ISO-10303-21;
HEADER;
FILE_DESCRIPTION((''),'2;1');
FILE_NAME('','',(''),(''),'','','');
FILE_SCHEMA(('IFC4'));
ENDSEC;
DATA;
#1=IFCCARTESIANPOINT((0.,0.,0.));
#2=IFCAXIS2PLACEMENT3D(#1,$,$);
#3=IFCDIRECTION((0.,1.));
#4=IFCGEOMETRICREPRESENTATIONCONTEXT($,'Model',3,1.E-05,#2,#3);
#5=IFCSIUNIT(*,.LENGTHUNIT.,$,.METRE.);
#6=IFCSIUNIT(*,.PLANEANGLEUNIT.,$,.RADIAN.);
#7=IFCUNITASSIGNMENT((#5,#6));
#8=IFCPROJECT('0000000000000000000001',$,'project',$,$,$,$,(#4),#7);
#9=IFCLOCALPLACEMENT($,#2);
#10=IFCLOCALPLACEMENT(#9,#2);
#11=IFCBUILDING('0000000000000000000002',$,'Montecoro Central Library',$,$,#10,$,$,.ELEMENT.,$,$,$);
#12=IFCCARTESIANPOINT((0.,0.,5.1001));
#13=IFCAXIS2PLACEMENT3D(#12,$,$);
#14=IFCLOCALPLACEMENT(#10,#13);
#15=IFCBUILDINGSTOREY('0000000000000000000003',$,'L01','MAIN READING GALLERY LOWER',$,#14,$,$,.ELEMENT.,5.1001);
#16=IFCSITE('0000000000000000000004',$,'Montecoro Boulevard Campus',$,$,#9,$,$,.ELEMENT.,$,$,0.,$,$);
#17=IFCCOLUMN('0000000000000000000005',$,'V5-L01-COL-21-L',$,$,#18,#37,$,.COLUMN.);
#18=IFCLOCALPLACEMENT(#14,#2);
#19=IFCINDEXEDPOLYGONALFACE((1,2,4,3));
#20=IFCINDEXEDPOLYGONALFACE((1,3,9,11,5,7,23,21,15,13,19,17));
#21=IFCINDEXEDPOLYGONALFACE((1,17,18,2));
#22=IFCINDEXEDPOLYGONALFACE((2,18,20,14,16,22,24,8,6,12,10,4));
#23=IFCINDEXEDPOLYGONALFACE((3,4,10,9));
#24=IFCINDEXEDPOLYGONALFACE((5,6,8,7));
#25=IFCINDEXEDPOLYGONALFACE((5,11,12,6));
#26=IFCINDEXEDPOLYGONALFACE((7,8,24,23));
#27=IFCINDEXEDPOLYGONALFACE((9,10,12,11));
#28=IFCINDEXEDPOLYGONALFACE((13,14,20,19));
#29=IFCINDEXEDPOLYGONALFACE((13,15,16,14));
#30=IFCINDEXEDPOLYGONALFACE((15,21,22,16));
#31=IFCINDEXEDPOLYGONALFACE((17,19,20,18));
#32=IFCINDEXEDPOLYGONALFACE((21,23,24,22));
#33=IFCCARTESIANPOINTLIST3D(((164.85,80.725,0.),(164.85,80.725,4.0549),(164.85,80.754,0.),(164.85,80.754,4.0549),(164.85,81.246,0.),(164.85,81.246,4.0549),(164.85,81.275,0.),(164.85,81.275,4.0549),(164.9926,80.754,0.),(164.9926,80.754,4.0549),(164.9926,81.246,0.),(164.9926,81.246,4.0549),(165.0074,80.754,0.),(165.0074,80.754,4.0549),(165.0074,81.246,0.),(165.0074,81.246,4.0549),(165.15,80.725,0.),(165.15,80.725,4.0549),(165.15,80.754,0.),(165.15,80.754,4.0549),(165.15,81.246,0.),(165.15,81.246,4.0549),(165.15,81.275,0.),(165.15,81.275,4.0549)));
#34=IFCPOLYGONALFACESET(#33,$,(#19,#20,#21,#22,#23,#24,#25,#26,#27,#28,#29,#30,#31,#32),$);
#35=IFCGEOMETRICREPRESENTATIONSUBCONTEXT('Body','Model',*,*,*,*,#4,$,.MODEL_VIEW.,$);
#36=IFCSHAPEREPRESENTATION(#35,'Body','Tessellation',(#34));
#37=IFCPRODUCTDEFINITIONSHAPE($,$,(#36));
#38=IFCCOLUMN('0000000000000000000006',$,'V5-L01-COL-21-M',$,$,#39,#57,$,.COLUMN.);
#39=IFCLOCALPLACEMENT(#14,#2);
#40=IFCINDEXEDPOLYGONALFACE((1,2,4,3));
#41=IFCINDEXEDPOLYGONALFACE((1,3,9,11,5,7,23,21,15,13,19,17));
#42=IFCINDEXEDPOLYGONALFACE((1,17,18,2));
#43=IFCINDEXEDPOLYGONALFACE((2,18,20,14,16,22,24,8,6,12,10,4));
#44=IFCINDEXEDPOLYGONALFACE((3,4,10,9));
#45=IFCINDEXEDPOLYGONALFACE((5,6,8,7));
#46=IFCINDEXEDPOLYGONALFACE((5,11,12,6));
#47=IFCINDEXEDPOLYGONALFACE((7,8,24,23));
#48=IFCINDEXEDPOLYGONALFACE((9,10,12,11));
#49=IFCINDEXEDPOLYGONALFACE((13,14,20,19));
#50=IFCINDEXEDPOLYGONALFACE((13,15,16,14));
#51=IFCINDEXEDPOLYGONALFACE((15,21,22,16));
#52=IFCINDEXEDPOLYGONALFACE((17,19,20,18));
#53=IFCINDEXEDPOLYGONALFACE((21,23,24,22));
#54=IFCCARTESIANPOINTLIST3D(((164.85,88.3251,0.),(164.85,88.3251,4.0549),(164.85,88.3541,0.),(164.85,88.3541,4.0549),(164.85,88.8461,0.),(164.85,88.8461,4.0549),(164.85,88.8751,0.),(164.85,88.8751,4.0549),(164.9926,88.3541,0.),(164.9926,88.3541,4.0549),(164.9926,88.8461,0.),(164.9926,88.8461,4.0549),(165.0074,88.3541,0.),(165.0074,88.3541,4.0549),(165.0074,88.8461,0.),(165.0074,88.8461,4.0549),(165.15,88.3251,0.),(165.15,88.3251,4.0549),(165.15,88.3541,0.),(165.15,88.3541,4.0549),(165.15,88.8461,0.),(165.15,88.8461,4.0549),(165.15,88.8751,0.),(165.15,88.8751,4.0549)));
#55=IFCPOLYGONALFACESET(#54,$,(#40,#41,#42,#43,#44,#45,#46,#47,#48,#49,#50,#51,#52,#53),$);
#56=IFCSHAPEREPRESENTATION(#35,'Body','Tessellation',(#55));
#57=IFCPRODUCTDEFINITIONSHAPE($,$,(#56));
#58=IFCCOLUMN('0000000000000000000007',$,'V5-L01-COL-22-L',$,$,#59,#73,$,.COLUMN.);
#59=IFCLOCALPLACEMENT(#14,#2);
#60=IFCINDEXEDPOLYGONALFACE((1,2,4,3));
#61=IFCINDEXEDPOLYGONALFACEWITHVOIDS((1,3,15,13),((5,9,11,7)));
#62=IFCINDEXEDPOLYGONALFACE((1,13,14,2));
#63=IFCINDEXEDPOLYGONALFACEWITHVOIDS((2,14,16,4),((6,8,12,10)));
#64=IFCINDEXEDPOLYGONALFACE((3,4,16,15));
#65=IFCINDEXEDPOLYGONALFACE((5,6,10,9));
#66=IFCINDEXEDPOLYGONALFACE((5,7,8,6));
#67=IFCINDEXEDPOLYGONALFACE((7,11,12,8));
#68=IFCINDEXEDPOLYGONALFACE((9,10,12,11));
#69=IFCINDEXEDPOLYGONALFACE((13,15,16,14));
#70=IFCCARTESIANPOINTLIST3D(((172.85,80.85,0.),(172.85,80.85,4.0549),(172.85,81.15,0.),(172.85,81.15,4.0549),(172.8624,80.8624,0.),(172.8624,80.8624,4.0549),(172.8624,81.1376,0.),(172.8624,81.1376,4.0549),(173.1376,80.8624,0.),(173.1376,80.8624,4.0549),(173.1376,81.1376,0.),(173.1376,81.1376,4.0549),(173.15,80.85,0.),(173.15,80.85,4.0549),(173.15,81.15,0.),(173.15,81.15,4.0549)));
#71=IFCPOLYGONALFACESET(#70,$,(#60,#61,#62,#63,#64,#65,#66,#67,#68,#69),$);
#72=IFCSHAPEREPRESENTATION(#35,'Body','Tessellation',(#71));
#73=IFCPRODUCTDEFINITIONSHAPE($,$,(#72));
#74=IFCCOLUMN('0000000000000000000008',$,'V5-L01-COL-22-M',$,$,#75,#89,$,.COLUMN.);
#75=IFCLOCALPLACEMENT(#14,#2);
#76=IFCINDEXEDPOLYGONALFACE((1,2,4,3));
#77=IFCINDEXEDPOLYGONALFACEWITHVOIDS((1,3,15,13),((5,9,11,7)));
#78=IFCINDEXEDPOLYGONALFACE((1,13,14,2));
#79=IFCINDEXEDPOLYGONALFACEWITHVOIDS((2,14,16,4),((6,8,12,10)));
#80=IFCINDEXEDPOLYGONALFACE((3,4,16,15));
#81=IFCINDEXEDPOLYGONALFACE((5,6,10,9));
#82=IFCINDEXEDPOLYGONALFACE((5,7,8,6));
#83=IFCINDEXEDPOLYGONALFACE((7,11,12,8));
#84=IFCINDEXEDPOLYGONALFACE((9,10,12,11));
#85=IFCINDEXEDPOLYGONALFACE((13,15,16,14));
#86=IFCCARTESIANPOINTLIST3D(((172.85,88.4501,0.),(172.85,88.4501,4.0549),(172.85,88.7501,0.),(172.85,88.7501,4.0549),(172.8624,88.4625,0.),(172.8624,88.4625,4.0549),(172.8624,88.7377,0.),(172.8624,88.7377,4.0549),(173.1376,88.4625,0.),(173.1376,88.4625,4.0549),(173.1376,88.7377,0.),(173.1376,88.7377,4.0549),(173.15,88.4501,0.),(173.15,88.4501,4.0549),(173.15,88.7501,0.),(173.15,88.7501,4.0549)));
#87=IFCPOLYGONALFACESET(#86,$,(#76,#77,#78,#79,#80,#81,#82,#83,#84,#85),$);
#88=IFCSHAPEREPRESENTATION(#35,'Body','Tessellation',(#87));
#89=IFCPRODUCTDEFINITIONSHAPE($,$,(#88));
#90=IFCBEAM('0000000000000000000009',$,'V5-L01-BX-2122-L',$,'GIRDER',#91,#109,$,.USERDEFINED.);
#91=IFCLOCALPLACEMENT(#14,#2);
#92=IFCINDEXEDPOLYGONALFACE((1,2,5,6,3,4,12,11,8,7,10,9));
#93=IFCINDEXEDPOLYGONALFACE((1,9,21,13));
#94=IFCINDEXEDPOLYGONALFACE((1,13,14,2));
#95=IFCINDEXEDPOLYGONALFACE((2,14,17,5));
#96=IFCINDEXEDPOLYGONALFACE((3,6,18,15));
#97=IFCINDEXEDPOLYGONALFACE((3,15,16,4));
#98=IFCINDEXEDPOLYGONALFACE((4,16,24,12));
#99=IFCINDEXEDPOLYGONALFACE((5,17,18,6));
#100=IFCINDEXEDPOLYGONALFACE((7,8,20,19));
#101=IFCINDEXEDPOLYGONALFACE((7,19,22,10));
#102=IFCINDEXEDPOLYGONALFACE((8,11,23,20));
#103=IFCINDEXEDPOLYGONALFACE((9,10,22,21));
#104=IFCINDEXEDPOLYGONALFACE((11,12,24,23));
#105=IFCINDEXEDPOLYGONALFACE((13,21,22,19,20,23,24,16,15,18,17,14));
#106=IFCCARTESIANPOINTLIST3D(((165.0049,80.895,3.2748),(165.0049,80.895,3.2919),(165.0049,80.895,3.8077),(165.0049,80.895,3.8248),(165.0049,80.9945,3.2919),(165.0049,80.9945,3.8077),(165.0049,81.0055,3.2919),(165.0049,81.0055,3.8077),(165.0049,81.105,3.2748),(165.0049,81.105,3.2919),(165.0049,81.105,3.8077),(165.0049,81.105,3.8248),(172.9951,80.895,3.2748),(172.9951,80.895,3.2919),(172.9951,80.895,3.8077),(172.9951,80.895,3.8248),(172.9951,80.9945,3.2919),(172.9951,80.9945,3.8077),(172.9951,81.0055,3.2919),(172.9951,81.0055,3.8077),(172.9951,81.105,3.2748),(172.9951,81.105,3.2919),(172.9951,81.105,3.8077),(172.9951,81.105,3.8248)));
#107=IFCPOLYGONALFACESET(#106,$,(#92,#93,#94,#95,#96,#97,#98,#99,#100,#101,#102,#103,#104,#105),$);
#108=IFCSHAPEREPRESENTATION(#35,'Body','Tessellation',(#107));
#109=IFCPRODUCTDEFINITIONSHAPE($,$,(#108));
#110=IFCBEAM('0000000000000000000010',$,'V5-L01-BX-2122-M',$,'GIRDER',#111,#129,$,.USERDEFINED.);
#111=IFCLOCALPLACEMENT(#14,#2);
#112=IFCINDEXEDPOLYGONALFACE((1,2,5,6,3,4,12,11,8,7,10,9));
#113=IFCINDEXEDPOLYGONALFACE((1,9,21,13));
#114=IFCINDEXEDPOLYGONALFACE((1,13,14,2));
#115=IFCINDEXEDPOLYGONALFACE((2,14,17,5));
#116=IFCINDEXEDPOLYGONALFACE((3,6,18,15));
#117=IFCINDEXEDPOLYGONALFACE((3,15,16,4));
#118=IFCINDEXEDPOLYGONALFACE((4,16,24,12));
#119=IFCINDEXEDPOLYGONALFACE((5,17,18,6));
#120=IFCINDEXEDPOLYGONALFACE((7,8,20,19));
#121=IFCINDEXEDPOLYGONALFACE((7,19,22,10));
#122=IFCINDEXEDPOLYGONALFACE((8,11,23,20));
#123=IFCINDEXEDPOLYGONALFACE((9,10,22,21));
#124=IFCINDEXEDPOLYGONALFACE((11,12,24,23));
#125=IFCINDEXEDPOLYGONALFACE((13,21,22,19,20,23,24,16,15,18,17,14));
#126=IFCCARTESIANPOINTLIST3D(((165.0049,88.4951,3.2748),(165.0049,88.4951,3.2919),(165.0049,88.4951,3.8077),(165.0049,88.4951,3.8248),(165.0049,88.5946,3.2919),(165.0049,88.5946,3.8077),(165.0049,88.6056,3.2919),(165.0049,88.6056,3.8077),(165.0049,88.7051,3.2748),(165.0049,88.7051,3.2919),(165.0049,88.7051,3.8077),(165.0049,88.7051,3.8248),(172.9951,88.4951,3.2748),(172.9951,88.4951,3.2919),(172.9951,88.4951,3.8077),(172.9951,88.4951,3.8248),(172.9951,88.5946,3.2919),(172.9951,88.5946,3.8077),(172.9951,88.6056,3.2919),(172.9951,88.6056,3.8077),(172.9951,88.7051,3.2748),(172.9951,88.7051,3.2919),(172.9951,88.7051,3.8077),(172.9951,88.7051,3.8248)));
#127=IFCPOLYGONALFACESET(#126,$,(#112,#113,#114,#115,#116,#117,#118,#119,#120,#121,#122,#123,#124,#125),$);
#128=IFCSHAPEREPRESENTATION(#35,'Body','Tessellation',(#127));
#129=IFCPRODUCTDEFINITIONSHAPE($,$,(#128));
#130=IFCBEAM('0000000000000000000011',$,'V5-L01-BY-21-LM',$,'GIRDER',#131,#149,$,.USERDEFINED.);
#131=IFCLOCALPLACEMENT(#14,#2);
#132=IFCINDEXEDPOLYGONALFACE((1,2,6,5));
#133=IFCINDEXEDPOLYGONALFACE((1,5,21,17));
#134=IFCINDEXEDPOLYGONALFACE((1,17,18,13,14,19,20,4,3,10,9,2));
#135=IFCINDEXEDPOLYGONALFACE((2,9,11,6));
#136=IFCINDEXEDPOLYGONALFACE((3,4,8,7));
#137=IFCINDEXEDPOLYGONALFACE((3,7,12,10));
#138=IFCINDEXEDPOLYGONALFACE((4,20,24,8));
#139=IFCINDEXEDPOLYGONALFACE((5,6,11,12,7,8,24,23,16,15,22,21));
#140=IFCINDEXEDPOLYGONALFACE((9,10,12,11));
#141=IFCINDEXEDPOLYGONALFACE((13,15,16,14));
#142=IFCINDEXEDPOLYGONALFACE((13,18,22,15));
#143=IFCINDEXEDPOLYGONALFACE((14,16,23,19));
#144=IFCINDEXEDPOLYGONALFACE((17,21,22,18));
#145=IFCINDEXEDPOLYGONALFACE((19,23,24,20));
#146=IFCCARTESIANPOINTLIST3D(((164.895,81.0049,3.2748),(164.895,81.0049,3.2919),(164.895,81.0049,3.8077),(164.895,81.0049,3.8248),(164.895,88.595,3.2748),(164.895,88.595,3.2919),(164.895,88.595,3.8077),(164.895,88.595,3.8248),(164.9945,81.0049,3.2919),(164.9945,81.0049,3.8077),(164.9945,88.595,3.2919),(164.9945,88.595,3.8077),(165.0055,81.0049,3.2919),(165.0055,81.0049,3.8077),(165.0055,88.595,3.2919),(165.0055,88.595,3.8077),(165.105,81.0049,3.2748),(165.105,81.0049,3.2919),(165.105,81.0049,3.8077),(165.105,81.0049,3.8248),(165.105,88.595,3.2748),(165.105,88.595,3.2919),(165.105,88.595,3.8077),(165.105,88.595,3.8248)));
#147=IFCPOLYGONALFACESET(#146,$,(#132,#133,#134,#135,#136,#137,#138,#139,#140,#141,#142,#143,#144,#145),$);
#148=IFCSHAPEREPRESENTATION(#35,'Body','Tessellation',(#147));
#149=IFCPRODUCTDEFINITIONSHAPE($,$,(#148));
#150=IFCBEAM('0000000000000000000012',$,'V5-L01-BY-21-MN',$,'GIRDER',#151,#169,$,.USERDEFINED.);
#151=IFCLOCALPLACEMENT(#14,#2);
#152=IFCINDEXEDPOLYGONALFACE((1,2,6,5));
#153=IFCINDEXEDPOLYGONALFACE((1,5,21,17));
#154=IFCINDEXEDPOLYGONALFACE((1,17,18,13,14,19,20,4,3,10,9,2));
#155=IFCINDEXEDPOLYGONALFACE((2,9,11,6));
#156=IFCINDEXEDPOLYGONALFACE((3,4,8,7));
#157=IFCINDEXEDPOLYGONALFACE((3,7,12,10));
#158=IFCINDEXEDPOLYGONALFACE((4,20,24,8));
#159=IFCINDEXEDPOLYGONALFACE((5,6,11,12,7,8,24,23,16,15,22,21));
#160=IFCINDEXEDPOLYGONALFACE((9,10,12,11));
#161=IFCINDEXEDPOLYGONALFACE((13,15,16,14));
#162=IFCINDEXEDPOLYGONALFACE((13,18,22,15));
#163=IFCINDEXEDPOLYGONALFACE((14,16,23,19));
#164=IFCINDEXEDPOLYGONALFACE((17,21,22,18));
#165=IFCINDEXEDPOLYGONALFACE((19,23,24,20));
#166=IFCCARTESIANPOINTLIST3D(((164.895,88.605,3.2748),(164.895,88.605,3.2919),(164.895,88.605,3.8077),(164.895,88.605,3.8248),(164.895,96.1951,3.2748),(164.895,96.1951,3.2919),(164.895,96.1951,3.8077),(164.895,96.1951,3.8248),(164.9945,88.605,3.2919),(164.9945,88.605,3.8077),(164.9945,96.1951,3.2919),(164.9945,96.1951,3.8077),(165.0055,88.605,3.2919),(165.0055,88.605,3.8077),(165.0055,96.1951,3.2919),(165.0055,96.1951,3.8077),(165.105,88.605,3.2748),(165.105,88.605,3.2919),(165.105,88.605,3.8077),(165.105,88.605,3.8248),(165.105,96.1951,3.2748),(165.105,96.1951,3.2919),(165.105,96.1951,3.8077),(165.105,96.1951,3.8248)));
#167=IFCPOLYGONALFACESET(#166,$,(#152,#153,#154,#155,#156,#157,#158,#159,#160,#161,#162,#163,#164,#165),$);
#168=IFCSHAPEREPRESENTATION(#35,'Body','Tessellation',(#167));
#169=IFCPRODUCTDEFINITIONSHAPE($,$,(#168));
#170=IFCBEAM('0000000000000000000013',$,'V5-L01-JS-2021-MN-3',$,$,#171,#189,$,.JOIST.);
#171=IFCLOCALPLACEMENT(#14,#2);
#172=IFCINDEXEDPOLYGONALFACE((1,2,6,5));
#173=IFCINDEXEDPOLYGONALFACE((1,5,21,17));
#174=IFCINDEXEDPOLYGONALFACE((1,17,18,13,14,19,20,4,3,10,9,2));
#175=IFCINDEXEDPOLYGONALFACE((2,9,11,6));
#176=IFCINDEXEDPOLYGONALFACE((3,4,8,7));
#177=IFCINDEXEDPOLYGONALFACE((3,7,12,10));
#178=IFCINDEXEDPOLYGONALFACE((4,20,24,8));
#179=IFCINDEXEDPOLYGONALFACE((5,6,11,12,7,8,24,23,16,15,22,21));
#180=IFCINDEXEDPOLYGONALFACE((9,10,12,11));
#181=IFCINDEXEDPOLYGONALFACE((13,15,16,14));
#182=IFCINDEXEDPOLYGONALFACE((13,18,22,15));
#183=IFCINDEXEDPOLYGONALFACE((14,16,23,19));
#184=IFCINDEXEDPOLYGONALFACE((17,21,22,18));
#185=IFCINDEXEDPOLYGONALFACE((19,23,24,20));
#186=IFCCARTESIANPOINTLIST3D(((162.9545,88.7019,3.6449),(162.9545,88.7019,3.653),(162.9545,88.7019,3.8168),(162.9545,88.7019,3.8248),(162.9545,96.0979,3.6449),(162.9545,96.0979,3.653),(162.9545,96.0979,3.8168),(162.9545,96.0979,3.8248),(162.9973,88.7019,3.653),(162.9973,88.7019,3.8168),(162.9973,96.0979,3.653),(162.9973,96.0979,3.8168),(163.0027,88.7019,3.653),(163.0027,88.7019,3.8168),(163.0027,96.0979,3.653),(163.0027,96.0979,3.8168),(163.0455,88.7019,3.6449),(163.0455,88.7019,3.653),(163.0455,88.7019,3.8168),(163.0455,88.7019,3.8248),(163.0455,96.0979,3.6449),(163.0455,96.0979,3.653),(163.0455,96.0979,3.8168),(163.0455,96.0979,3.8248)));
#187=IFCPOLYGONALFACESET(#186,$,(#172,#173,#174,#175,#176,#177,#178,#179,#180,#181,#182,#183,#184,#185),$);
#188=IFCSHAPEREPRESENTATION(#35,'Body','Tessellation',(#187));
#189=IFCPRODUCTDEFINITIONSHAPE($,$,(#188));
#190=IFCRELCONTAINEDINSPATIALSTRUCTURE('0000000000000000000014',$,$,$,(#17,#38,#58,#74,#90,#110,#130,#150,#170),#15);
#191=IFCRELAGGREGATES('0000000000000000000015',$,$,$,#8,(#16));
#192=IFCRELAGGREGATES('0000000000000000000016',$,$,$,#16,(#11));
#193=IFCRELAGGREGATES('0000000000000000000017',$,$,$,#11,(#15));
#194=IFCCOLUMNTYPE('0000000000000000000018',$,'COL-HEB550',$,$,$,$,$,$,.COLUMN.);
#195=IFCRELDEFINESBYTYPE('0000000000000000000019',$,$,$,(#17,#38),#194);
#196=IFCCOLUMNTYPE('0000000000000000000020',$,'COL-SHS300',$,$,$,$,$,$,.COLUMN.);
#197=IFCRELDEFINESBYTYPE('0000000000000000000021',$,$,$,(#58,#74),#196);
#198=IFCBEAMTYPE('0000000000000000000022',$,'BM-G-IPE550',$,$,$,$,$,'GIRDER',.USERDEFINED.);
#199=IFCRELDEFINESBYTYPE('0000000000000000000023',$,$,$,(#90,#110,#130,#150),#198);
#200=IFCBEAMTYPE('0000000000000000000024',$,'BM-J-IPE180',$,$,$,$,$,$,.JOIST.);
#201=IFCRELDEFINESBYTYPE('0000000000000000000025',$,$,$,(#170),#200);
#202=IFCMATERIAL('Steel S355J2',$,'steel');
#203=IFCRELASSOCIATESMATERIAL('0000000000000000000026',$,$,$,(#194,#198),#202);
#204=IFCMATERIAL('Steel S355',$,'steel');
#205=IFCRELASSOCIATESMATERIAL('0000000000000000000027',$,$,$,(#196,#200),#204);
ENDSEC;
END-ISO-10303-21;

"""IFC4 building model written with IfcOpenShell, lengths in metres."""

from ifc_helpers import new_model, si_unit, direction, frame, origin, origin_2d, place, context, subcontext, project, spatial, hollow_rectangle, i_section, extrude, material, material_profile, profile_set, type_object, element, save


model = new_model("IFC4")

# Units and contexts
model_context = context("Model", 3, precision=1e-05, world=origin(), true_north=direction((0.0, 1.0)))
body_context = subcontext(model_context, "Body", "Model", "MODEL_VIEW")
ifc_project = project(units=[si_unit("LENGTHUNIT", "METRE"), si_unit("PLANEANGLEUNIT", "RADIAN")], contexts=[model_context])

# Site, building, storey
site_placement = place(None, origin())
site = spatial("IfcSite", under=ifc_project, at=site_placement, Name="Montecoro Boulevard Campus", CompositionType="ELEMENT", RefElevation=0.0)
building_placement = place(site_placement, origin())
building = spatial("IfcBuilding", under=site, at=building_placement, Name="Montecoro Central Library", CompositionType="ELEMENT")
storey_placement = place(building_placement, frame((0.0, 0.0, 5.1001)))
storey = spatial("IfcBuildingStorey", under=building, at=storey_placement, Name="L01", Description="MAIN READING GALLERY LOWER", CompositionType="ELEMENT", Elevation=5.1001)

# Columns
ifc_material_1 = material(Name="Steel S355J2", Category="steel")
ifc_material_profile_1 = material_profile(ifc_material_1, i_section(OverallWidth=0.3, OverallDepth=0.55, WebThickness=0.0149, FlangeThickness=0.0291, at=origin_2d()), Name="HEB 550")
ifc_profile_set_1 = profile_set([ifc_material_profile_1], Name="Steel S355J2")
column_type_1 = type_object("IfcColumnType", Name="COL-HEB550", PredefinedType="COLUMN", material=ifc_profile_set_1)
for number, where, z_axis, x_axis, name in (
    (1, (165.0, 81.0, 0.0), (0.0, 0.0, 1.0), (1.0, 0.0, 0.0), "V5-L01-COL-21-L"),
    (2, (165.0, 88.6001, 0.0), (0.0, 0.0, 1.0), (1.0, 0.0, 0.0), "V5-L01-COL-21-M"),
):
    element("IfcColumn", number, at=place(storey_placement, frame(where, z_axis=z_axis, x_axis=x_axis)), inside=storey, type_object=column_type_1, Name=name, PredefinedType="COLUMN", context=body_context, shape_type="SweptSolid", body=[
        extrude(i_section(OverallWidth=0.3, OverallDepth=0.55, WebThickness=0.0149, FlangeThickness=0.0291, at=origin_2d()), origin(), (0.0, 0.0, 1.0), 4.0549),
    ])
ifc_material_2 = material(Name="Steel S355", Category="steel")
ifc_material_profile_2 = material_profile(ifc_material_2, hollow_rectangle(XDim=0.3, YDim=0.3, WallThickness=0.0125, at=origin_2d()), Name="SHS 300x300x12.5")
ifc_profile_set_2 = profile_set([ifc_material_profile_2], Name="Steel S355")
column_type_2 = type_object("IfcColumnType", Name="COL-SHS300", PredefinedType="COLUMN", material=ifc_profile_set_2)
for number, where, z_axis, x_axis, name in (
    (3, (173.0, 81.0, 0.0), (0.0, 0.0, 1.0), (1.0, 0.0, 0.0), "V5-L01-COL-22-L"),
    (4, (173.0, 88.6001, 0.0), (0.0, 0.0, 1.0), (1.0, 0.0, 0.0), "V5-L01-COL-22-M"),
):
    element("IfcColumn", number, at=place(storey_placement, frame(where, z_axis=z_axis, x_axis=x_axis)), inside=storey, type_object=column_type_2, Name=name, PredefinedType="COLUMN", context=body_context, shape_type="SweptSolid", body=[
        extrude(hollow_rectangle(XDim=0.3, YDim=0.3, WallThickness=0.0125, at=origin_2d()), origin(), (0.0, 0.0, 1.0), 4.0549),
    ])

# Beams
ifc_material_profile_3 = material_profile(ifc_material_1, i_section(OverallWidth=0.21, OverallDepth=0.55, WebThickness=0.011, FlangeThickness=0.0171, at=origin_2d()), Name="IPE 550")
ifc_profile_set_3 = profile_set([ifc_material_profile_3], Name="Steel S355J2")
beam_type_1 = type_object("IfcBeamType", Name="BM-G-IPE550", ElementType="GIRDER", PredefinedType="USERDEFINED", material=ifc_profile_set_3)
for number, where, z_axis, x_axis, name in (
    (5, (165.0049, 81.0, 3.5498), (1.0, 0.0, 0.0), (0.0, 1.0, 0.0), "V5-L01-BX-2122-L"),
    (6, (165.0049, 88.6001, 3.5498), (1.0, 0.0, 0.0), (0.0, 1.0, 0.0), "V5-L01-BX-2122-M"),
):
    element("IfcBeam", number, at=place(storey_placement, frame(where, z_axis=z_axis, x_axis=x_axis)), inside=storey, type_object=beam_type_1, Name=name, ObjectType="GIRDER", PredefinedType="USERDEFINED", context=body_context, shape_type="SweptSolid", body=[
        extrude(i_section(OverallWidth=0.21, OverallDepth=0.55, WebThickness=0.011, FlangeThickness=0.0171, at=origin_2d()), origin(), (0.0, 0.0, 1.0), 7.9902),
    ])
for number, where, z_axis, x_axis, name in (
    (7, (165.0, 81.0049, 3.5498), (0.0, 1.0, 0.0), (-1.0, 0.0, 0.0), "V5-L01-BY-21-LM"),
    (8, (165.0, 88.605, 3.5498), (0.0, 1.0, 0.0), (-1.0, 0.0, 0.0), "V5-L01-BY-21-MN"),
):
    element("IfcBeam", number, at=place(storey_placement, frame(where, z_axis=z_axis, x_axis=x_axis)), inside=storey, type_object=beam_type_1, Name=name, ObjectType="GIRDER", PredefinedType="USERDEFINED", context=body_context, shape_type="SweptSolid", body=[
        extrude(i_section(OverallWidth=0.21, OverallDepth=0.55, WebThickness=0.011, FlangeThickness=0.0171, at=origin_2d()), origin(), (0.0, 0.0, 1.0), 7.5901),
    ])
ifc_material_profile_4 = material_profile(ifc_material_2, i_section(OverallWidth=0.0911, OverallDepth=0.1799, WebThickness=0.0054, FlangeThickness=0.0081, at=origin_2d()), Name="IPE 180")
ifc_profile_set_4 = profile_set([ifc_material_profile_4], Name="Steel S355")
beam_type_2 = type_object("IfcBeamType", Name="BM-J-IPE180", PredefinedType="JOIST", material=ifc_profile_set_4)
for number, where, z_axis, x_axis, name in (
    (9, (163.0, 88.7019, 3.7349), (0.0, 1.0, 0.0), (-1.0, 0.0, 0.0), "V5-L01-JS-2021-MN-3"),
):
    element("IfcBeam", number, at=place(storey_placement, frame(where, z_axis=z_axis, x_axis=x_axis)), inside=storey, type_object=beam_type_2, Name=name, PredefinedType="JOIST", context=body_context, shape_type="SweptSolid", body=[
        extrude(i_section(OverallWidth=0.0911, OverallDepth=0.1799, WebThickness=0.0054, FlangeThickness=0.0081, at=origin_2d()), origin(), (0.0, 0.0, 1.0), 7.396),
    ])

save(model, "model.ifc")
